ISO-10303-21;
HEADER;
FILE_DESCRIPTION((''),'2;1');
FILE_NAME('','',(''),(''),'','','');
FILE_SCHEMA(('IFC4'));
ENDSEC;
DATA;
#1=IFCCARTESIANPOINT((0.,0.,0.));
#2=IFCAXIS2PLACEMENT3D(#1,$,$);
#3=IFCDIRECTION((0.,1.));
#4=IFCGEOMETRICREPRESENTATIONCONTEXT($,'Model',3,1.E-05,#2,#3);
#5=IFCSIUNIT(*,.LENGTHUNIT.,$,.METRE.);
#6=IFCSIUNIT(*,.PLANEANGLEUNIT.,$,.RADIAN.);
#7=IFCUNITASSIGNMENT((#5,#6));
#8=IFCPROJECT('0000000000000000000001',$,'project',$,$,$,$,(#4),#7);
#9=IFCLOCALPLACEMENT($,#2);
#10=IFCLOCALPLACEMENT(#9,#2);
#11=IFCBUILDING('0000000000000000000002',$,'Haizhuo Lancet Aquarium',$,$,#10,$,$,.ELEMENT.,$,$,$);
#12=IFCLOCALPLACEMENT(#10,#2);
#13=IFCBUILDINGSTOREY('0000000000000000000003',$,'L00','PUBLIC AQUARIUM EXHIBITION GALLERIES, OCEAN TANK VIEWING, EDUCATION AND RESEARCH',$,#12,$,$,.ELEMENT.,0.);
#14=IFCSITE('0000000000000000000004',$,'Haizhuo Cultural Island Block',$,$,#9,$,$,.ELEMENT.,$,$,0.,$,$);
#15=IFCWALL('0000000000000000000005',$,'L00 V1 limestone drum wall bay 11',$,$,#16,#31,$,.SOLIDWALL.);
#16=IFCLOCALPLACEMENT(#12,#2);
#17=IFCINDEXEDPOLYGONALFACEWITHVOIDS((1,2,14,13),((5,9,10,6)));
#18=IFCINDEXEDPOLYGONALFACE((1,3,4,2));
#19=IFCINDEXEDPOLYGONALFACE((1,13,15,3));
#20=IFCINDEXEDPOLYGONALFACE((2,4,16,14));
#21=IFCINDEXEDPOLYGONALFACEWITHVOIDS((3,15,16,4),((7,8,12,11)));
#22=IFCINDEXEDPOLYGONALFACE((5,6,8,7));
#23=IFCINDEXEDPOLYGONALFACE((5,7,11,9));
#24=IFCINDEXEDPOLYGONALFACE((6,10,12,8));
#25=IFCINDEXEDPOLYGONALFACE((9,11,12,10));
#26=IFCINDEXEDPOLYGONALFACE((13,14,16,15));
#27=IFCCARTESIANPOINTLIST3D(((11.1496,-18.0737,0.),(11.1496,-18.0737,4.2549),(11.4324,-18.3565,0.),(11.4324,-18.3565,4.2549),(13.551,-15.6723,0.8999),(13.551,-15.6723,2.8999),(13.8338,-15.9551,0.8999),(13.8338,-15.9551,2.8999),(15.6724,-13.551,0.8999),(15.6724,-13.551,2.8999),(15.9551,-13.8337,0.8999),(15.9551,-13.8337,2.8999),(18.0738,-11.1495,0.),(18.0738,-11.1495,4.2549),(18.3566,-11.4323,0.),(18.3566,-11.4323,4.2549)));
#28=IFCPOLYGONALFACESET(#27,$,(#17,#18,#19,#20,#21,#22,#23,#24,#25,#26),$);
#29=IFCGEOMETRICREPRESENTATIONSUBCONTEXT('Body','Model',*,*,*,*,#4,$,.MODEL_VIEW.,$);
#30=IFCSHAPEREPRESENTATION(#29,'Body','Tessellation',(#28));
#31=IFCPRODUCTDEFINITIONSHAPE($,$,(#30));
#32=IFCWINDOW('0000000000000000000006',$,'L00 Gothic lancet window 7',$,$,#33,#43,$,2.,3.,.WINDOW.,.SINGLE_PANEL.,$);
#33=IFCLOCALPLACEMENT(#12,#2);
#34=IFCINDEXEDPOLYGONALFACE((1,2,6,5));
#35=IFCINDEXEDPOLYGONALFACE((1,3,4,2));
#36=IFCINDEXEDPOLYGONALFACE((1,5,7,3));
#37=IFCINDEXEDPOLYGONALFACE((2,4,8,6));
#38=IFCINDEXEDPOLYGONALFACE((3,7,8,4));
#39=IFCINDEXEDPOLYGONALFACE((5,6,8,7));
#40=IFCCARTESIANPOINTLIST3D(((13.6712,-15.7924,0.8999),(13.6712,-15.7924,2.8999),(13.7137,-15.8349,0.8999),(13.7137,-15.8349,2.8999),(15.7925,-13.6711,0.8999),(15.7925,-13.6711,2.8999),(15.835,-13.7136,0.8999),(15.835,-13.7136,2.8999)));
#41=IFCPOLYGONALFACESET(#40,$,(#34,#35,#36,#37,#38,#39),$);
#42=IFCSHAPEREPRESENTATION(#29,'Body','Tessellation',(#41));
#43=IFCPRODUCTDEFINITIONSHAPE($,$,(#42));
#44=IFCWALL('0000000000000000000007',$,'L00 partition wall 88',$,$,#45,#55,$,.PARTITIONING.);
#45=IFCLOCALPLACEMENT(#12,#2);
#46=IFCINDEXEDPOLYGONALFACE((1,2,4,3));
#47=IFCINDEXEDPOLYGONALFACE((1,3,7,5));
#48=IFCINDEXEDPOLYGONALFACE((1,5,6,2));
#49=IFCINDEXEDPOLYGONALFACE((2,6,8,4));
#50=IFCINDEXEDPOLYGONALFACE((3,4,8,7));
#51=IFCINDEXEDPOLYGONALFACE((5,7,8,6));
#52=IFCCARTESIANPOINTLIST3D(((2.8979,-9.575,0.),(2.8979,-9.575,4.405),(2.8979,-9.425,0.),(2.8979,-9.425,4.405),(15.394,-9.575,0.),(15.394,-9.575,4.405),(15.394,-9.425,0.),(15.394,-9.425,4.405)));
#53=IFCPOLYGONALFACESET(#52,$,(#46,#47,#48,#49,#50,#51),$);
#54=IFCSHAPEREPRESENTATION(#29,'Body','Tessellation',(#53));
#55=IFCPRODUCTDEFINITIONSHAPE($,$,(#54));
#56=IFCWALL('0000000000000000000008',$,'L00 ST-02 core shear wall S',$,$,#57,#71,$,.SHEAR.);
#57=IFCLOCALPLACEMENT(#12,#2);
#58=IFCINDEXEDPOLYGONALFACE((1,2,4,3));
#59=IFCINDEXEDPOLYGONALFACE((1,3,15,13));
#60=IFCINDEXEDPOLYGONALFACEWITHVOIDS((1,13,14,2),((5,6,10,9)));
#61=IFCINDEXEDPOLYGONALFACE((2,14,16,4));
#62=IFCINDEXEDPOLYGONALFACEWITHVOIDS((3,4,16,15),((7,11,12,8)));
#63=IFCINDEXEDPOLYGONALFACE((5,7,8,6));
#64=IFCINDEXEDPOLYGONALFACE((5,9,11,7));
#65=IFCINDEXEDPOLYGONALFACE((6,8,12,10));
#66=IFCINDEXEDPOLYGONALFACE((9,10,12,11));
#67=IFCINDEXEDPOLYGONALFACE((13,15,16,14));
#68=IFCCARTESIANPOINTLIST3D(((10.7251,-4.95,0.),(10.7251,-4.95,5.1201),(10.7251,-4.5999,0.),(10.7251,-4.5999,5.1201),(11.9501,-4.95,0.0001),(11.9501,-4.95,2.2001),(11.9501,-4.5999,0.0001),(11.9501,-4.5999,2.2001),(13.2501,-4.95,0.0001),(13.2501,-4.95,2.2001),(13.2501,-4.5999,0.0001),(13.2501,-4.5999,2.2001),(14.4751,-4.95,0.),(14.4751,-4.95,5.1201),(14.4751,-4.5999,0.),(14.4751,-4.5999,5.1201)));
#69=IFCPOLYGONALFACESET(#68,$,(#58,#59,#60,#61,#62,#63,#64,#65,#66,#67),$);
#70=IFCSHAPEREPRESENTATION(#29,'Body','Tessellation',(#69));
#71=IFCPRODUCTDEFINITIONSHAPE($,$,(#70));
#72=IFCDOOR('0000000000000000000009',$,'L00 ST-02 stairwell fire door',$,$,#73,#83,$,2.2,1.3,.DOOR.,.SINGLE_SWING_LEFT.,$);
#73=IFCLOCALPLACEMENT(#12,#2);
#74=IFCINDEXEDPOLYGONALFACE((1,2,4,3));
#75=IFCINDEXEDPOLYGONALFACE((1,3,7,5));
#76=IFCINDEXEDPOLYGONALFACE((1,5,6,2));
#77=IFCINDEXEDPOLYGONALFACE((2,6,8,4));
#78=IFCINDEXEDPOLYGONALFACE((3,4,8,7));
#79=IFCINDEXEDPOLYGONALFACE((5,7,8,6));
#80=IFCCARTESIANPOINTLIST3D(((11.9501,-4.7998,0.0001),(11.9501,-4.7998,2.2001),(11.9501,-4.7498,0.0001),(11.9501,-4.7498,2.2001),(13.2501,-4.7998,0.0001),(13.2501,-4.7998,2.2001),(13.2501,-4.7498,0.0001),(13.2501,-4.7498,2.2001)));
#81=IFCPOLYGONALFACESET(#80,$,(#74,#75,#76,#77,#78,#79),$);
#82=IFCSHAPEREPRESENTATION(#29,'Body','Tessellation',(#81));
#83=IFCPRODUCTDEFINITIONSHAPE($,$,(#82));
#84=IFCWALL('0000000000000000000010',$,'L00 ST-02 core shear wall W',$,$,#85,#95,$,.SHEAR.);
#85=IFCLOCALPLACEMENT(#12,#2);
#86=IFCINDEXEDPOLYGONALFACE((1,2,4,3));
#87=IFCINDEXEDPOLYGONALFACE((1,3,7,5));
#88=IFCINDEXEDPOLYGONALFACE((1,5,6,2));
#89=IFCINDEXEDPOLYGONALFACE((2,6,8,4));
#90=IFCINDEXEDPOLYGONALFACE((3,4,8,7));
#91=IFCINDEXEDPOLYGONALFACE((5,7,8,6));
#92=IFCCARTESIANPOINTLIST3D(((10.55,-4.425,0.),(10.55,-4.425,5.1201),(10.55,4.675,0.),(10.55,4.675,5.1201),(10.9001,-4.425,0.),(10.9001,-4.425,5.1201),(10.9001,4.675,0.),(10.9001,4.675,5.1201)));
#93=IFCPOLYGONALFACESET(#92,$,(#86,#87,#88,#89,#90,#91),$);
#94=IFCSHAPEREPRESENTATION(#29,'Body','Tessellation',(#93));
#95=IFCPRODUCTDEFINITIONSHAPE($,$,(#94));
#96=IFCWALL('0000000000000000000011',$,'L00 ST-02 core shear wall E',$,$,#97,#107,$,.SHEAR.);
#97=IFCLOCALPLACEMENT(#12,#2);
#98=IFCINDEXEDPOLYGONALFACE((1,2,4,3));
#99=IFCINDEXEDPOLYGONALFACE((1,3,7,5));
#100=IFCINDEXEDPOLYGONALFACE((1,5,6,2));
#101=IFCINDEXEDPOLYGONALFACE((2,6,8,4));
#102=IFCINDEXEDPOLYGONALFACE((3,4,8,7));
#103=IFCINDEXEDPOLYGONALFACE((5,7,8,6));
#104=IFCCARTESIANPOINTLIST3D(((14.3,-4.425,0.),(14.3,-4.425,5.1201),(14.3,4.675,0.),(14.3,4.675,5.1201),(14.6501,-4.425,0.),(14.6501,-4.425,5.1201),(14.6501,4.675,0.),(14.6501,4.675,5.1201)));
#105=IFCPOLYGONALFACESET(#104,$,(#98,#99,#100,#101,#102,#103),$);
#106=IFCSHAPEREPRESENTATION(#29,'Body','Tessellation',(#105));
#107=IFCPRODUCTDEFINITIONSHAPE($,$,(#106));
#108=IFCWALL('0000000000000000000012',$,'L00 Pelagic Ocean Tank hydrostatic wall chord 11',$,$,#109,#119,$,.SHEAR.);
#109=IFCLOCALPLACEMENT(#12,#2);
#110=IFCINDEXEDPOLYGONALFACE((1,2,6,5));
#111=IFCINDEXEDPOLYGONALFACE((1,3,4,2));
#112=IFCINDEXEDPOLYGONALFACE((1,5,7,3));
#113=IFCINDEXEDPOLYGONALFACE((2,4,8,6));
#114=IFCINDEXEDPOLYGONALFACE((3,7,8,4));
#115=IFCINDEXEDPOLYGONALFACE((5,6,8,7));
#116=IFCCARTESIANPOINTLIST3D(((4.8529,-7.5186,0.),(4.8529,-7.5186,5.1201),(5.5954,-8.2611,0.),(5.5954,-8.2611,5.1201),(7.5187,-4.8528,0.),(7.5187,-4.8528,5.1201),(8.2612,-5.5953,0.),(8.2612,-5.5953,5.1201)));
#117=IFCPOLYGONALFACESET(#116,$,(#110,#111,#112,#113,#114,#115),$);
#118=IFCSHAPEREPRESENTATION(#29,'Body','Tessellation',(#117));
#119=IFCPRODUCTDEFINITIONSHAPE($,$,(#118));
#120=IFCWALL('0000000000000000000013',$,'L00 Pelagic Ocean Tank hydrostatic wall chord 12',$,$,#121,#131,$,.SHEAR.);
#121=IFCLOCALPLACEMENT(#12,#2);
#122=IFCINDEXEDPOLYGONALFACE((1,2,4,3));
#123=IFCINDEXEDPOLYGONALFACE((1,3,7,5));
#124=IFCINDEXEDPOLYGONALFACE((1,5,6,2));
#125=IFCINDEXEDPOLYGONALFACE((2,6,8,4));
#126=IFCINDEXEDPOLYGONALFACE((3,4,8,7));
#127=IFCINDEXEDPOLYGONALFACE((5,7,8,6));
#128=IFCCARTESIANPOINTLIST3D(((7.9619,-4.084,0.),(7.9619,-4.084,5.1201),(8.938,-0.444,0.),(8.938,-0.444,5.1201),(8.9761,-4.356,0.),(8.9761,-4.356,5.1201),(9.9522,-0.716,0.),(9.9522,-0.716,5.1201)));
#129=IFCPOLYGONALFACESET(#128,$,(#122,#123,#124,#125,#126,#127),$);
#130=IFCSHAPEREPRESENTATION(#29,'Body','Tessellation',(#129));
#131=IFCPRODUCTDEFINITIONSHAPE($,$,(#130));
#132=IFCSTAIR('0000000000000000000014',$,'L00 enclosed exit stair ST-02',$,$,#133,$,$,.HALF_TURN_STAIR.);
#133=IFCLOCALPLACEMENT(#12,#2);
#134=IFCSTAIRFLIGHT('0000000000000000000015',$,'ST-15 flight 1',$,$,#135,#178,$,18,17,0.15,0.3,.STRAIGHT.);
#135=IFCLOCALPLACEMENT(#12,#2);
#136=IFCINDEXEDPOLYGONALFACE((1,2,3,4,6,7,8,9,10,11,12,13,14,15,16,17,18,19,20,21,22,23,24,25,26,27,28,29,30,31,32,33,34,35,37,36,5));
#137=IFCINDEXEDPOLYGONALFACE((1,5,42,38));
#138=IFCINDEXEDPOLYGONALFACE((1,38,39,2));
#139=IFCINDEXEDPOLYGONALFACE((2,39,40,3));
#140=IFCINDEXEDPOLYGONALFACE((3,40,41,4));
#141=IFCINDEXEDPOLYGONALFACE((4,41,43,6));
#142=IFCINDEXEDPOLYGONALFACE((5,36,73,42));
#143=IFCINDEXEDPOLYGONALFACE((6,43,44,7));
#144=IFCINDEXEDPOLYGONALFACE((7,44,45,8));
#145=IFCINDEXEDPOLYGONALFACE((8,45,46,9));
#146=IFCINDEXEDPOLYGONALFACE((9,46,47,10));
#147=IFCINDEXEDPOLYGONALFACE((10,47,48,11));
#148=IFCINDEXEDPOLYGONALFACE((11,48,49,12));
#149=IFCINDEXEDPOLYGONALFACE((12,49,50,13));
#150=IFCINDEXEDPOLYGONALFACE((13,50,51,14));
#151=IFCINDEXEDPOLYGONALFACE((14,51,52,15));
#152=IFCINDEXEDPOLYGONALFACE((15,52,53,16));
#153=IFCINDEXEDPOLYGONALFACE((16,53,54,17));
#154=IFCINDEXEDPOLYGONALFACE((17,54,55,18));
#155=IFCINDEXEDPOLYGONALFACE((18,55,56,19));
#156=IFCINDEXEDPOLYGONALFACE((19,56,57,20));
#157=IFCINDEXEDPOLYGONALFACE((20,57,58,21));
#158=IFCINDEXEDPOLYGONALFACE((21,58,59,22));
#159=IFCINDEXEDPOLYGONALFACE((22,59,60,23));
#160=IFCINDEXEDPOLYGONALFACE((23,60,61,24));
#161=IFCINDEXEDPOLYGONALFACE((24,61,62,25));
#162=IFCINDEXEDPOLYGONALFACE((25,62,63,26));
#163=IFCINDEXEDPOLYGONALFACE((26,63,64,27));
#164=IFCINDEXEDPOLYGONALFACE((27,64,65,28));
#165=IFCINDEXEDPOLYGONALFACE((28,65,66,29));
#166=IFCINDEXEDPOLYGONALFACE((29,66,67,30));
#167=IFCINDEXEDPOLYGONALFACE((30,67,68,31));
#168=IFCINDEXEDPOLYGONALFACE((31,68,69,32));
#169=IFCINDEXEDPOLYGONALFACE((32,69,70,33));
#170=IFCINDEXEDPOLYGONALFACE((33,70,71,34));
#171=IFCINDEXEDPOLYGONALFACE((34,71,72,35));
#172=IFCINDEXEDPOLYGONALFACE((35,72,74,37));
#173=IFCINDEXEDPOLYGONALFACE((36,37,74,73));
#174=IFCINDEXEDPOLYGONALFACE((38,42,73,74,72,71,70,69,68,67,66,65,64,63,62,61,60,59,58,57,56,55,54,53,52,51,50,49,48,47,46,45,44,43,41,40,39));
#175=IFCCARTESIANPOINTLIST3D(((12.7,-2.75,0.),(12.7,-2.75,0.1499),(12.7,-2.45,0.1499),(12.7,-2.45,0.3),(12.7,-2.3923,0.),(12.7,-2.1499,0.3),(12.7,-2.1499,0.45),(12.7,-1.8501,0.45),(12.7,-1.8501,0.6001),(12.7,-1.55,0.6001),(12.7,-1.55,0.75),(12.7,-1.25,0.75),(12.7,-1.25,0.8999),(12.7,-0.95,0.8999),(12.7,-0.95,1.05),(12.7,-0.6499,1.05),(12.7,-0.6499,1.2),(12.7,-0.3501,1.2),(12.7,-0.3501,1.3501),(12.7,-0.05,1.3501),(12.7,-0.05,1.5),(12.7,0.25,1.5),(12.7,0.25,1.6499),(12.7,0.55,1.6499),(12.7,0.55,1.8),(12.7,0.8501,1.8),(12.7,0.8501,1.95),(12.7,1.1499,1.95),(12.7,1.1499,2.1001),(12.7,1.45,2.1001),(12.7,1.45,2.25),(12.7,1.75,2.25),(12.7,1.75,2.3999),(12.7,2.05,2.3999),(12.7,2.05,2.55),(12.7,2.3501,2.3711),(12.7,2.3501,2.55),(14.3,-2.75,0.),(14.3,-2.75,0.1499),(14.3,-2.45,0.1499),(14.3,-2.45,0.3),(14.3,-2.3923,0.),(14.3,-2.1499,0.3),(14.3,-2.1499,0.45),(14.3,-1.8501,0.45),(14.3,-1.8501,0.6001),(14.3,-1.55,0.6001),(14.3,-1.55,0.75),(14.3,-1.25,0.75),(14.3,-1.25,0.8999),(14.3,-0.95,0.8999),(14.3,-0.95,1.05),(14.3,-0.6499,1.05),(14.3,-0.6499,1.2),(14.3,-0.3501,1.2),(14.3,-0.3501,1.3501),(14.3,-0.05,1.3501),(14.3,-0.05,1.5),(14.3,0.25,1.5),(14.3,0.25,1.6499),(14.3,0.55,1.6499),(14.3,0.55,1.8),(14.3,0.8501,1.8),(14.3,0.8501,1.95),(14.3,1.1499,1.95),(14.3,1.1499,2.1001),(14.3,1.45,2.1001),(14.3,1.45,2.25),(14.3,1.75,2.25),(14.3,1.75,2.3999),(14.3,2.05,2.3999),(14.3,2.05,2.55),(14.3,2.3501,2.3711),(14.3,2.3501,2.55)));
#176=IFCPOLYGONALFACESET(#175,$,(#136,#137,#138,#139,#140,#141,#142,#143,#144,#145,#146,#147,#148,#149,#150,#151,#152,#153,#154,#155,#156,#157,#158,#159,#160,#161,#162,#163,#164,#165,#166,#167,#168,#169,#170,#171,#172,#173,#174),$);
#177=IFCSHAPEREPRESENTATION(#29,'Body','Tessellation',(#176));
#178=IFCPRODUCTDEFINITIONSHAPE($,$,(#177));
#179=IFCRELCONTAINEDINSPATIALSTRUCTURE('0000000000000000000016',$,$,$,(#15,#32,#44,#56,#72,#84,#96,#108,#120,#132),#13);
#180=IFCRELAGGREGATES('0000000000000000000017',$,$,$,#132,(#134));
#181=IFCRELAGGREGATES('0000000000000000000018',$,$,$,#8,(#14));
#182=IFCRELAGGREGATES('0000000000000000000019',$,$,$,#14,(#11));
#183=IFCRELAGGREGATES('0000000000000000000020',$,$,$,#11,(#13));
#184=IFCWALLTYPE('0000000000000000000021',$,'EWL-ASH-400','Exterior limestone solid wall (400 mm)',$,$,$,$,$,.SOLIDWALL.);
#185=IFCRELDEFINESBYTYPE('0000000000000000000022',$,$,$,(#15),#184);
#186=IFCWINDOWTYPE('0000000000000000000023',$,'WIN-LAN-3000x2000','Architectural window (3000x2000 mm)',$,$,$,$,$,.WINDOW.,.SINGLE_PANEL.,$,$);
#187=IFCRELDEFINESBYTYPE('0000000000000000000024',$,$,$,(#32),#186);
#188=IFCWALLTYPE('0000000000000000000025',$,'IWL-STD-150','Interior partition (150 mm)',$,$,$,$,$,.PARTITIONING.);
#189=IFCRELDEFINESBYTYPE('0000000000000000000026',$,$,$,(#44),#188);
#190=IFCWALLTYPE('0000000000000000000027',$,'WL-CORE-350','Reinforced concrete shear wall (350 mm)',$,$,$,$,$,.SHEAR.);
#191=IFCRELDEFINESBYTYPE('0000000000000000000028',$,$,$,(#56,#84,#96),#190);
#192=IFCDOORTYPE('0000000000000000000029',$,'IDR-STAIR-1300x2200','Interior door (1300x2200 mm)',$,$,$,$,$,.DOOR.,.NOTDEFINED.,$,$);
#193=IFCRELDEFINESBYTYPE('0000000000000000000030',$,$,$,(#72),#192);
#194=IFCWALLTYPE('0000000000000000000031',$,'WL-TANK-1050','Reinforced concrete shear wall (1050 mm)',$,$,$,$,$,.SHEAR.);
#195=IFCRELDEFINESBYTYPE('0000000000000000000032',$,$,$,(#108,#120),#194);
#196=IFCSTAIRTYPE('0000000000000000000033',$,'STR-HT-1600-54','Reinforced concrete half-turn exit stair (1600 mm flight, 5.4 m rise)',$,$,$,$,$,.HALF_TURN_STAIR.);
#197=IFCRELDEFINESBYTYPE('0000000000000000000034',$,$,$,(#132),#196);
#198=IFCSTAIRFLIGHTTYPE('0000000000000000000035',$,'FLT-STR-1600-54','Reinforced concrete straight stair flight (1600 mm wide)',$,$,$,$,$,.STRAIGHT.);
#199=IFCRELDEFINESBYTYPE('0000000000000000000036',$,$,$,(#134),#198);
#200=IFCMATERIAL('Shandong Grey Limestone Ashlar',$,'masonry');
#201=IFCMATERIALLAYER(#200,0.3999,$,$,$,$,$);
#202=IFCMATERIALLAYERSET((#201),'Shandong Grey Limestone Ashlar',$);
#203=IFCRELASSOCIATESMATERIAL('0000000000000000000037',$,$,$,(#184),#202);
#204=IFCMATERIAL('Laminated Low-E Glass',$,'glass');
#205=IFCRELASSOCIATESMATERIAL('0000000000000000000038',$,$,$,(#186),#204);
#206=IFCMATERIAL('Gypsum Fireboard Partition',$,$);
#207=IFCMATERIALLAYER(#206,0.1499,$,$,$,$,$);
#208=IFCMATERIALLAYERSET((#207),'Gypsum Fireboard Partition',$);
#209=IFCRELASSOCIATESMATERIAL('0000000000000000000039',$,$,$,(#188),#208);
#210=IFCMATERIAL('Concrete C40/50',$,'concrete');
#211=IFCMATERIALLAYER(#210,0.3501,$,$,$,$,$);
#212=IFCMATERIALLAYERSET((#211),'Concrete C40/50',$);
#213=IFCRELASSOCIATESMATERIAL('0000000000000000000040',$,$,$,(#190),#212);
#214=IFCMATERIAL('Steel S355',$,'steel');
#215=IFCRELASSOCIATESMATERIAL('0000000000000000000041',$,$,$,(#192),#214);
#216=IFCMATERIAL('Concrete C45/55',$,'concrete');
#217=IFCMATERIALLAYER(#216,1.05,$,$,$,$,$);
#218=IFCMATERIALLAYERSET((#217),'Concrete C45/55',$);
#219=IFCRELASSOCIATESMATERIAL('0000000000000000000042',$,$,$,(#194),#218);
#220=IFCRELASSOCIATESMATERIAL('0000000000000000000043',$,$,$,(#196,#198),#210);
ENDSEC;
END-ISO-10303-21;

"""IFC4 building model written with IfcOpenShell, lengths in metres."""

from ifc_helpers import new_model, si_unit, direction, frame, frame_2d, origin, place, context, subcontext, project, spatial, polyline, rectangle, outline, extrude, material, layer, layer_set, type_object, element, fill, aggregate, save


model = new_model("IFC4")

# Units and contexts
model_context = context("Model", 3, precision=1e-05, world=origin(), true_north=direction((0.0, 1.0)))
body_context = subcontext(model_context, "Body", "Model", "MODEL_VIEW")
ifc_project = project(units=[si_unit("LENGTHUNIT", "METRE"), si_unit("PLANEANGLEUNIT", "RADIAN")], contexts=[model_context])

# Site, building, storey
site_placement = place(None, origin())
site = spatial("IfcSite", under=ifc_project, at=site_placement, Name="Haizhuo Cultural Island Block", CompositionType="ELEMENT", RefElevation=0.0)
building_placement = place(site_placement, origin())
building = spatial("IfcBuilding", under=site, at=building_placement, Name="Haizhuo Lancet Aquarium", CompositionType="ELEMENT")
storey_placement = place(building_placement, origin())
storey = spatial("IfcBuildingStorey", under=building, at=storey_placement, Name="L00", Description="PUBLIC AQUARIUM EXHIBITION GALLERIES, OCEAN TANK VIEWING, EDUCATION AND RESEARCH", CompositionType="ELEMENT", Elevation=0.0)

# Shared definitions
ifc_material_1 = material(Name="Concrete C40/50", Category="concrete")
ifc_material_2 = material(Name="Steel S355", Category="steel")

# Wall, opening, window
ifc_material_3 = material(Name="Shandong Grey Limestone Ashlar", Category="masonry")
ifc_layer_1 = layer(ifc_material_3, 0.3999)
ifc_layer_set_1 = layer_set([ifc_layer_1], Name="Shandong Grey Limestone Ashlar")
wall_type_1 = type_object("IfcWallType", Name="EWL-ASH-400", Description="Exterior limestone solid wall (400 mm)", PredefinedType="SOLIDWALL", material=ifc_layer_set_1)
wall_1_placement = place(storey_placement, frame((18.2151, -11.291, 0.0), z_axis=(0.0, 0.0, 1.0), x_axis=(-0.707107, -0.707107, 0.0)))
wall_1 = element("IfcWall", 1, at=wall_1_placement, inside=storey, type_object=wall_type_1, Name="L00 V1 limestone drum wall bay 11", PredefinedType="SOLIDWALL", context=body_context, shape_type="SweptSolid", body=[
    extrude(rectangle(XDim=9.7922, YDim=0.3999, at=frame_2d((4.896, 0.0))), origin(), (0.0, 0.0, 1.0), 4.2549),
])
opening_1_placement = place(wall_1_placement, frame((3.396, 0.0, 0.8999)))
opening_1 = element("IfcOpeningElement", 2, at=opening_1_placement, cuts=wall_1, PredefinedType="OPENING", context=body_context, shape_type="SweptSolid", body=[
    extrude(rectangle(XDim=3.0, YDim=2.0, at=frame_2d((1.5, 1.0))), frame((0.0, 0.21, 0.0), z_axis=(0.0, -1.0, 0.0), x_axis=(1.0, 0.0, 0.0)), (0.0, 0.0, 1.0), 0.4199),
])
ifc_material_4 = material(Name="Laminated Low-E Glass", Category="glass")
window_type = type_object("IfcWindowType", Name="WIN-LAN-3000x2000", Description="Architectural window (3000x2000 mm)", PartitioningType="SINGLE_PANEL", PredefinedType="WINDOW", material=ifc_material_4)
window_placement = place(opening_1_placement, origin())
window = element("IfcWindow", 3, at=window_placement, inside=storey, type_object=window_type, Name="L00 Gothic lancet window 7", OverallHeight=2.0, OverallWidth=3.0, PartitioningType="SINGLE_PANEL", PredefinedType="WINDOW", context=body_context, shape_type="SweptSolid", body=[
    extrude(rectangle(XDim=3.0, YDim=2.0, at=frame_2d((1.5, 1.0))), frame((0.0, 0.03, 0.0), z_axis=(0.0, -1.0, 0.0), x_axis=(1.0, 0.0, 0.0)), (0.0, 0.0, 1.0), 0.0601),
])
fill(opening_1, window)

# Wall
ifc_material_5 = material(Name="Gypsum Fireboard Partition")
ifc_layer_2 = layer(ifc_material_5, 0.1499)
ifc_layer_set_2 = layer_set([ifc_layer_2], Name="Gypsum Fireboard Partition")
wall_type_2 = type_object("IfcWallType", Name="IWL-STD-150", Description="Interior partition (150 mm)", PredefinedType="PARTITIONING", material=ifc_layer_set_2)
wall_2_placement = place(storey_placement, frame((15.394, -9.5, 0.0), z_axis=(0.0, 0.0, 1.0), x_axis=(-1.0, 0.0, 0.0)))
element("IfcWall", 4, at=wall_2_placement, inside=storey, type_object=wall_type_2, Name="L00 partition wall 88", PredefinedType="PARTITIONING", context=body_context, shape_type="SweptSolid", body=[
    extrude(rectangle(XDim=12.4961, YDim=0.1499, at=frame_2d((6.248, 0.0))), origin(), (0.0, 0.0, 1.0), 4.405),
])

# Wall, opening, door
ifc_layer_3 = layer(ifc_material_1, 0.3501)
ifc_layer_set_3 = layer_set([ifc_layer_3], Name="Concrete C40/50")
wall_type_3 = type_object("IfcWallType", Name="WL-CORE-350", Description="Reinforced concrete shear wall (350 mm)", PredefinedType="SHEAR", material=ifc_layer_set_3)
wall_3_placement = place(storey_placement, frame((14.4751, -4.7749, 0.0), z_axis=(0.0, 0.0, 1.0), x_axis=(-1.0, 0.0, 0.0)))
wall_3 = element("IfcWall", 5, at=wall_3_placement, inside=storey, type_object=wall_type_3, Name="L00 ST-02 core shear wall S", PredefinedType="SHEAR", context=body_context, shape_type="SweptSolid", body=[
    extrude(rectangle(XDim=3.75, YDim=0.3501, at=frame_2d((1.875, 0.0))), origin(), (0.0, 0.0, 1.0), 5.1201),
])
opening_2_placement = place(wall_3_placement, frame((1.2251, 0.0, 0.0)))
opening_2 = element("IfcOpeningElement", 6, at=opening_2_placement, cuts=wall_3, PredefinedType="OPENING", context=body_context, shape_type="SweptSolid", body=[
    extrude(rectangle(XDim=1.3, YDim=2.2, at=frame_2d((0.6499, 1.1001))), frame((0.0, 0.1851, 0.0), z_axis=(0.0, -1.0, 0.0), x_axis=(1.0, 0.0, 0.0)), (0.0, 0.0, 1.0), 0.3701),
])
door_type = type_object("IfcDoorType", Name="IDR-STAIR-1300x2200", Description="Interior door (1300x2200 mm)", OperationType="NOTDEFINED", PredefinedType="DOOR", material=ifc_material_2)
door_placement = place(opening_2_placement, origin())
door = element("IfcDoor", 7, at=door_placement, inside=storey, type_object=door_type, Name="L00 ST-02 stairwell fire door", OperationType="SINGLE_SWING_LEFT", OverallHeight=2.2, OverallWidth=1.3, PredefinedType="DOOR", context=body_context, shape_type="SweptSolid", body=[
    extrude(rectangle(XDim=1.3, YDim=2.2, at=frame_2d((0.6499, 1.1001))), frame((0.0, 0.0249, 0.0), z_axis=(0.0, -1.0, 0.0), x_axis=(1.0, 0.0, 0.0)), (0.0, 0.0, 1.0), 0.05),
])
fill(opening_2, door)

# Walls
for number, where, z_axis, x_axis, name in (
    (8, (10.7251, -4.425, 0.0), (0.0, 0.0, 1.0), (0.0, 1.0, 0.0), "L00 ST-02 core shear wall W"),
    (9, (14.4751, -4.425, 0.0), (0.0, 0.0, 1.0), (0.0, 1.0, 0.0), "L00 ST-02 core shear wall E"),
):
    element("IfcWall", number, at=place(storey_placement, frame(where, z_axis=z_axis, x_axis=x_axis)), inside=storey, type_object=wall_type_3, Name=name, PredefinedType="SHEAR", context=body_context, shape_type="SweptSolid", body=[
        extrude(rectangle(XDim=9.1001, YDim=0.3501, at=frame_2d((4.55, 0.0))), origin(), (0.0, 0.0, 1.0), 5.1201),
    ])
ifc_material_6 = material(Name="Concrete C45/55", Category="concrete")
ifc_layer_4 = layer(ifc_material_6, 1.05)
ifc_layer_set_4 = layer_set([ifc_layer_4], Name="Concrete C45/55")
wall_type_4 = type_object("IfcWallType", Name="WL-TANK-1050", Description="Reinforced concrete shear wall (1050 mm)", PredefinedType="SHEAR", material=ifc_layer_set_4)
wall_4_placement = place(storey_placement, frame((5.2241, -7.8899, 0.0), z_axis=(0.0, 0.0, 1.0), x_axis=(0.707107, 0.707107, 0.0)))
element("IfcWall", 10, at=wall_4_placement, inside=storey, type_object=wall_type_4, Name="L00 Pelagic Ocean Tank hydrostatic wall chord 11", PredefinedType="SHEAR", context=body_context, shape_type="SweptSolid", body=[
    extrude(rectangle(XDim=3.77, YDim=1.05, at=frame_2d((1.885, 0.0))), origin(), (0.0, 0.0, 1.0), 5.1201),
])
wall_5_placement = place(storey_placement, frame((8.469, -4.22, 0.0), z_axis=(0.0, 0.0, 1.0), x_axis=(0.259009, 0.965875, 0.0)))
element("IfcWall", 11, at=wall_5_placement, inside=storey, type_object=wall_type_4, Name="L00 Pelagic Ocean Tank hydrostatic wall chord 12", PredefinedType="SHEAR", context=body_context, shape_type="SweptSolid", body=[
    extrude(rectangle(XDim=3.7686, YDim=1.05, at=frame_2d((1.8843, 0.0))), origin(), (0.0, 0.0, 1.0), 5.1201),
])

# Stair, stair flight
stair_type = type_object("IfcStairType", Name="STR-HT-1600-54", Description="Reinforced concrete half-turn exit stair (1600 mm flight, 5.4 m rise)", PredefinedType="HALF_TURN_STAIR", material=ifc_material_1)
stair_placement = place(storey_placement, origin())
stair = element("IfcStair", 12, at=stair_placement, inside=storey, type_object=stair_type, Name="L00 enclosed exit stair ST-02", PredefinedType="HALF_TURN_STAIR")
stair_flight_type = type_object("IfcStairFlightType", Name="FLT-STR-1600-54", Description="Reinforced concrete straight stair flight (1600 mm wide)", PredefinedType="STRAIGHT", material=ifc_material_1)
stair_flight_placement = place(storey_placement, frame((13.5, -2.75, 0.0), z_axis=(0.0, 0.0, 1.0), x_axis=(0.0, 1.0, 0.0)))
stair_flight = element("IfcStairFlight", 13, at=stair_flight_placement, type_object=stair_flight_type, Name="ST-15 flight 1", NumberOfRisers=18, NumberOfTreads=17, PredefinedType="STRAIGHT", RiserHeight=0.15, TreadLength=0.3, context=body_context, shape_type="SweptSolid", body=[
    extrude(outline(polyline([(0.0, 0.0), (0.0, 0.1499), (0.3, 0.1499), (0.3, 0.3), (0.6001, 0.3), (0.6001, 0.45), (0.8999, 0.45), (0.8999, 0.6001), (1.2, 0.6001), (1.2, 0.75), (1.5, 0.75), (1.5, 0.8999), (1.8, 0.8999), (1.8, 1.05), (2.1001, 1.05), (2.1001, 1.2), (2.3999, 1.2), (2.3999, 1.3501), (2.7, 1.3501), (2.7, 1.5), (3.0, 1.5), (3.0, 1.6499), (3.3, 1.6499), (3.3, 1.8), (3.6001, 1.8), (3.6001, 1.95), (3.8999, 1.95), (3.8999, 2.1001), (4.2, 2.1001), (4.2, 2.25), (4.5, 2.25), (4.5, 2.3999), (4.8, 2.3999), (4.8, 2.55), (5.1001, 2.55), (5.1001, 2.7), (5.1001, 2.3711), (0.3577, 0.0), (0.0, 0.0)])), frame((0.0, 0.8, 0.0), z_axis=(0.0, -1.0, 0.0), x_axis=(1.0, 0.0, 0.0)), (0.0, 0.0, 1.0), 1.6001),
])
aggregate(stair, [stair_flight])

save(model, "model.ifc")
